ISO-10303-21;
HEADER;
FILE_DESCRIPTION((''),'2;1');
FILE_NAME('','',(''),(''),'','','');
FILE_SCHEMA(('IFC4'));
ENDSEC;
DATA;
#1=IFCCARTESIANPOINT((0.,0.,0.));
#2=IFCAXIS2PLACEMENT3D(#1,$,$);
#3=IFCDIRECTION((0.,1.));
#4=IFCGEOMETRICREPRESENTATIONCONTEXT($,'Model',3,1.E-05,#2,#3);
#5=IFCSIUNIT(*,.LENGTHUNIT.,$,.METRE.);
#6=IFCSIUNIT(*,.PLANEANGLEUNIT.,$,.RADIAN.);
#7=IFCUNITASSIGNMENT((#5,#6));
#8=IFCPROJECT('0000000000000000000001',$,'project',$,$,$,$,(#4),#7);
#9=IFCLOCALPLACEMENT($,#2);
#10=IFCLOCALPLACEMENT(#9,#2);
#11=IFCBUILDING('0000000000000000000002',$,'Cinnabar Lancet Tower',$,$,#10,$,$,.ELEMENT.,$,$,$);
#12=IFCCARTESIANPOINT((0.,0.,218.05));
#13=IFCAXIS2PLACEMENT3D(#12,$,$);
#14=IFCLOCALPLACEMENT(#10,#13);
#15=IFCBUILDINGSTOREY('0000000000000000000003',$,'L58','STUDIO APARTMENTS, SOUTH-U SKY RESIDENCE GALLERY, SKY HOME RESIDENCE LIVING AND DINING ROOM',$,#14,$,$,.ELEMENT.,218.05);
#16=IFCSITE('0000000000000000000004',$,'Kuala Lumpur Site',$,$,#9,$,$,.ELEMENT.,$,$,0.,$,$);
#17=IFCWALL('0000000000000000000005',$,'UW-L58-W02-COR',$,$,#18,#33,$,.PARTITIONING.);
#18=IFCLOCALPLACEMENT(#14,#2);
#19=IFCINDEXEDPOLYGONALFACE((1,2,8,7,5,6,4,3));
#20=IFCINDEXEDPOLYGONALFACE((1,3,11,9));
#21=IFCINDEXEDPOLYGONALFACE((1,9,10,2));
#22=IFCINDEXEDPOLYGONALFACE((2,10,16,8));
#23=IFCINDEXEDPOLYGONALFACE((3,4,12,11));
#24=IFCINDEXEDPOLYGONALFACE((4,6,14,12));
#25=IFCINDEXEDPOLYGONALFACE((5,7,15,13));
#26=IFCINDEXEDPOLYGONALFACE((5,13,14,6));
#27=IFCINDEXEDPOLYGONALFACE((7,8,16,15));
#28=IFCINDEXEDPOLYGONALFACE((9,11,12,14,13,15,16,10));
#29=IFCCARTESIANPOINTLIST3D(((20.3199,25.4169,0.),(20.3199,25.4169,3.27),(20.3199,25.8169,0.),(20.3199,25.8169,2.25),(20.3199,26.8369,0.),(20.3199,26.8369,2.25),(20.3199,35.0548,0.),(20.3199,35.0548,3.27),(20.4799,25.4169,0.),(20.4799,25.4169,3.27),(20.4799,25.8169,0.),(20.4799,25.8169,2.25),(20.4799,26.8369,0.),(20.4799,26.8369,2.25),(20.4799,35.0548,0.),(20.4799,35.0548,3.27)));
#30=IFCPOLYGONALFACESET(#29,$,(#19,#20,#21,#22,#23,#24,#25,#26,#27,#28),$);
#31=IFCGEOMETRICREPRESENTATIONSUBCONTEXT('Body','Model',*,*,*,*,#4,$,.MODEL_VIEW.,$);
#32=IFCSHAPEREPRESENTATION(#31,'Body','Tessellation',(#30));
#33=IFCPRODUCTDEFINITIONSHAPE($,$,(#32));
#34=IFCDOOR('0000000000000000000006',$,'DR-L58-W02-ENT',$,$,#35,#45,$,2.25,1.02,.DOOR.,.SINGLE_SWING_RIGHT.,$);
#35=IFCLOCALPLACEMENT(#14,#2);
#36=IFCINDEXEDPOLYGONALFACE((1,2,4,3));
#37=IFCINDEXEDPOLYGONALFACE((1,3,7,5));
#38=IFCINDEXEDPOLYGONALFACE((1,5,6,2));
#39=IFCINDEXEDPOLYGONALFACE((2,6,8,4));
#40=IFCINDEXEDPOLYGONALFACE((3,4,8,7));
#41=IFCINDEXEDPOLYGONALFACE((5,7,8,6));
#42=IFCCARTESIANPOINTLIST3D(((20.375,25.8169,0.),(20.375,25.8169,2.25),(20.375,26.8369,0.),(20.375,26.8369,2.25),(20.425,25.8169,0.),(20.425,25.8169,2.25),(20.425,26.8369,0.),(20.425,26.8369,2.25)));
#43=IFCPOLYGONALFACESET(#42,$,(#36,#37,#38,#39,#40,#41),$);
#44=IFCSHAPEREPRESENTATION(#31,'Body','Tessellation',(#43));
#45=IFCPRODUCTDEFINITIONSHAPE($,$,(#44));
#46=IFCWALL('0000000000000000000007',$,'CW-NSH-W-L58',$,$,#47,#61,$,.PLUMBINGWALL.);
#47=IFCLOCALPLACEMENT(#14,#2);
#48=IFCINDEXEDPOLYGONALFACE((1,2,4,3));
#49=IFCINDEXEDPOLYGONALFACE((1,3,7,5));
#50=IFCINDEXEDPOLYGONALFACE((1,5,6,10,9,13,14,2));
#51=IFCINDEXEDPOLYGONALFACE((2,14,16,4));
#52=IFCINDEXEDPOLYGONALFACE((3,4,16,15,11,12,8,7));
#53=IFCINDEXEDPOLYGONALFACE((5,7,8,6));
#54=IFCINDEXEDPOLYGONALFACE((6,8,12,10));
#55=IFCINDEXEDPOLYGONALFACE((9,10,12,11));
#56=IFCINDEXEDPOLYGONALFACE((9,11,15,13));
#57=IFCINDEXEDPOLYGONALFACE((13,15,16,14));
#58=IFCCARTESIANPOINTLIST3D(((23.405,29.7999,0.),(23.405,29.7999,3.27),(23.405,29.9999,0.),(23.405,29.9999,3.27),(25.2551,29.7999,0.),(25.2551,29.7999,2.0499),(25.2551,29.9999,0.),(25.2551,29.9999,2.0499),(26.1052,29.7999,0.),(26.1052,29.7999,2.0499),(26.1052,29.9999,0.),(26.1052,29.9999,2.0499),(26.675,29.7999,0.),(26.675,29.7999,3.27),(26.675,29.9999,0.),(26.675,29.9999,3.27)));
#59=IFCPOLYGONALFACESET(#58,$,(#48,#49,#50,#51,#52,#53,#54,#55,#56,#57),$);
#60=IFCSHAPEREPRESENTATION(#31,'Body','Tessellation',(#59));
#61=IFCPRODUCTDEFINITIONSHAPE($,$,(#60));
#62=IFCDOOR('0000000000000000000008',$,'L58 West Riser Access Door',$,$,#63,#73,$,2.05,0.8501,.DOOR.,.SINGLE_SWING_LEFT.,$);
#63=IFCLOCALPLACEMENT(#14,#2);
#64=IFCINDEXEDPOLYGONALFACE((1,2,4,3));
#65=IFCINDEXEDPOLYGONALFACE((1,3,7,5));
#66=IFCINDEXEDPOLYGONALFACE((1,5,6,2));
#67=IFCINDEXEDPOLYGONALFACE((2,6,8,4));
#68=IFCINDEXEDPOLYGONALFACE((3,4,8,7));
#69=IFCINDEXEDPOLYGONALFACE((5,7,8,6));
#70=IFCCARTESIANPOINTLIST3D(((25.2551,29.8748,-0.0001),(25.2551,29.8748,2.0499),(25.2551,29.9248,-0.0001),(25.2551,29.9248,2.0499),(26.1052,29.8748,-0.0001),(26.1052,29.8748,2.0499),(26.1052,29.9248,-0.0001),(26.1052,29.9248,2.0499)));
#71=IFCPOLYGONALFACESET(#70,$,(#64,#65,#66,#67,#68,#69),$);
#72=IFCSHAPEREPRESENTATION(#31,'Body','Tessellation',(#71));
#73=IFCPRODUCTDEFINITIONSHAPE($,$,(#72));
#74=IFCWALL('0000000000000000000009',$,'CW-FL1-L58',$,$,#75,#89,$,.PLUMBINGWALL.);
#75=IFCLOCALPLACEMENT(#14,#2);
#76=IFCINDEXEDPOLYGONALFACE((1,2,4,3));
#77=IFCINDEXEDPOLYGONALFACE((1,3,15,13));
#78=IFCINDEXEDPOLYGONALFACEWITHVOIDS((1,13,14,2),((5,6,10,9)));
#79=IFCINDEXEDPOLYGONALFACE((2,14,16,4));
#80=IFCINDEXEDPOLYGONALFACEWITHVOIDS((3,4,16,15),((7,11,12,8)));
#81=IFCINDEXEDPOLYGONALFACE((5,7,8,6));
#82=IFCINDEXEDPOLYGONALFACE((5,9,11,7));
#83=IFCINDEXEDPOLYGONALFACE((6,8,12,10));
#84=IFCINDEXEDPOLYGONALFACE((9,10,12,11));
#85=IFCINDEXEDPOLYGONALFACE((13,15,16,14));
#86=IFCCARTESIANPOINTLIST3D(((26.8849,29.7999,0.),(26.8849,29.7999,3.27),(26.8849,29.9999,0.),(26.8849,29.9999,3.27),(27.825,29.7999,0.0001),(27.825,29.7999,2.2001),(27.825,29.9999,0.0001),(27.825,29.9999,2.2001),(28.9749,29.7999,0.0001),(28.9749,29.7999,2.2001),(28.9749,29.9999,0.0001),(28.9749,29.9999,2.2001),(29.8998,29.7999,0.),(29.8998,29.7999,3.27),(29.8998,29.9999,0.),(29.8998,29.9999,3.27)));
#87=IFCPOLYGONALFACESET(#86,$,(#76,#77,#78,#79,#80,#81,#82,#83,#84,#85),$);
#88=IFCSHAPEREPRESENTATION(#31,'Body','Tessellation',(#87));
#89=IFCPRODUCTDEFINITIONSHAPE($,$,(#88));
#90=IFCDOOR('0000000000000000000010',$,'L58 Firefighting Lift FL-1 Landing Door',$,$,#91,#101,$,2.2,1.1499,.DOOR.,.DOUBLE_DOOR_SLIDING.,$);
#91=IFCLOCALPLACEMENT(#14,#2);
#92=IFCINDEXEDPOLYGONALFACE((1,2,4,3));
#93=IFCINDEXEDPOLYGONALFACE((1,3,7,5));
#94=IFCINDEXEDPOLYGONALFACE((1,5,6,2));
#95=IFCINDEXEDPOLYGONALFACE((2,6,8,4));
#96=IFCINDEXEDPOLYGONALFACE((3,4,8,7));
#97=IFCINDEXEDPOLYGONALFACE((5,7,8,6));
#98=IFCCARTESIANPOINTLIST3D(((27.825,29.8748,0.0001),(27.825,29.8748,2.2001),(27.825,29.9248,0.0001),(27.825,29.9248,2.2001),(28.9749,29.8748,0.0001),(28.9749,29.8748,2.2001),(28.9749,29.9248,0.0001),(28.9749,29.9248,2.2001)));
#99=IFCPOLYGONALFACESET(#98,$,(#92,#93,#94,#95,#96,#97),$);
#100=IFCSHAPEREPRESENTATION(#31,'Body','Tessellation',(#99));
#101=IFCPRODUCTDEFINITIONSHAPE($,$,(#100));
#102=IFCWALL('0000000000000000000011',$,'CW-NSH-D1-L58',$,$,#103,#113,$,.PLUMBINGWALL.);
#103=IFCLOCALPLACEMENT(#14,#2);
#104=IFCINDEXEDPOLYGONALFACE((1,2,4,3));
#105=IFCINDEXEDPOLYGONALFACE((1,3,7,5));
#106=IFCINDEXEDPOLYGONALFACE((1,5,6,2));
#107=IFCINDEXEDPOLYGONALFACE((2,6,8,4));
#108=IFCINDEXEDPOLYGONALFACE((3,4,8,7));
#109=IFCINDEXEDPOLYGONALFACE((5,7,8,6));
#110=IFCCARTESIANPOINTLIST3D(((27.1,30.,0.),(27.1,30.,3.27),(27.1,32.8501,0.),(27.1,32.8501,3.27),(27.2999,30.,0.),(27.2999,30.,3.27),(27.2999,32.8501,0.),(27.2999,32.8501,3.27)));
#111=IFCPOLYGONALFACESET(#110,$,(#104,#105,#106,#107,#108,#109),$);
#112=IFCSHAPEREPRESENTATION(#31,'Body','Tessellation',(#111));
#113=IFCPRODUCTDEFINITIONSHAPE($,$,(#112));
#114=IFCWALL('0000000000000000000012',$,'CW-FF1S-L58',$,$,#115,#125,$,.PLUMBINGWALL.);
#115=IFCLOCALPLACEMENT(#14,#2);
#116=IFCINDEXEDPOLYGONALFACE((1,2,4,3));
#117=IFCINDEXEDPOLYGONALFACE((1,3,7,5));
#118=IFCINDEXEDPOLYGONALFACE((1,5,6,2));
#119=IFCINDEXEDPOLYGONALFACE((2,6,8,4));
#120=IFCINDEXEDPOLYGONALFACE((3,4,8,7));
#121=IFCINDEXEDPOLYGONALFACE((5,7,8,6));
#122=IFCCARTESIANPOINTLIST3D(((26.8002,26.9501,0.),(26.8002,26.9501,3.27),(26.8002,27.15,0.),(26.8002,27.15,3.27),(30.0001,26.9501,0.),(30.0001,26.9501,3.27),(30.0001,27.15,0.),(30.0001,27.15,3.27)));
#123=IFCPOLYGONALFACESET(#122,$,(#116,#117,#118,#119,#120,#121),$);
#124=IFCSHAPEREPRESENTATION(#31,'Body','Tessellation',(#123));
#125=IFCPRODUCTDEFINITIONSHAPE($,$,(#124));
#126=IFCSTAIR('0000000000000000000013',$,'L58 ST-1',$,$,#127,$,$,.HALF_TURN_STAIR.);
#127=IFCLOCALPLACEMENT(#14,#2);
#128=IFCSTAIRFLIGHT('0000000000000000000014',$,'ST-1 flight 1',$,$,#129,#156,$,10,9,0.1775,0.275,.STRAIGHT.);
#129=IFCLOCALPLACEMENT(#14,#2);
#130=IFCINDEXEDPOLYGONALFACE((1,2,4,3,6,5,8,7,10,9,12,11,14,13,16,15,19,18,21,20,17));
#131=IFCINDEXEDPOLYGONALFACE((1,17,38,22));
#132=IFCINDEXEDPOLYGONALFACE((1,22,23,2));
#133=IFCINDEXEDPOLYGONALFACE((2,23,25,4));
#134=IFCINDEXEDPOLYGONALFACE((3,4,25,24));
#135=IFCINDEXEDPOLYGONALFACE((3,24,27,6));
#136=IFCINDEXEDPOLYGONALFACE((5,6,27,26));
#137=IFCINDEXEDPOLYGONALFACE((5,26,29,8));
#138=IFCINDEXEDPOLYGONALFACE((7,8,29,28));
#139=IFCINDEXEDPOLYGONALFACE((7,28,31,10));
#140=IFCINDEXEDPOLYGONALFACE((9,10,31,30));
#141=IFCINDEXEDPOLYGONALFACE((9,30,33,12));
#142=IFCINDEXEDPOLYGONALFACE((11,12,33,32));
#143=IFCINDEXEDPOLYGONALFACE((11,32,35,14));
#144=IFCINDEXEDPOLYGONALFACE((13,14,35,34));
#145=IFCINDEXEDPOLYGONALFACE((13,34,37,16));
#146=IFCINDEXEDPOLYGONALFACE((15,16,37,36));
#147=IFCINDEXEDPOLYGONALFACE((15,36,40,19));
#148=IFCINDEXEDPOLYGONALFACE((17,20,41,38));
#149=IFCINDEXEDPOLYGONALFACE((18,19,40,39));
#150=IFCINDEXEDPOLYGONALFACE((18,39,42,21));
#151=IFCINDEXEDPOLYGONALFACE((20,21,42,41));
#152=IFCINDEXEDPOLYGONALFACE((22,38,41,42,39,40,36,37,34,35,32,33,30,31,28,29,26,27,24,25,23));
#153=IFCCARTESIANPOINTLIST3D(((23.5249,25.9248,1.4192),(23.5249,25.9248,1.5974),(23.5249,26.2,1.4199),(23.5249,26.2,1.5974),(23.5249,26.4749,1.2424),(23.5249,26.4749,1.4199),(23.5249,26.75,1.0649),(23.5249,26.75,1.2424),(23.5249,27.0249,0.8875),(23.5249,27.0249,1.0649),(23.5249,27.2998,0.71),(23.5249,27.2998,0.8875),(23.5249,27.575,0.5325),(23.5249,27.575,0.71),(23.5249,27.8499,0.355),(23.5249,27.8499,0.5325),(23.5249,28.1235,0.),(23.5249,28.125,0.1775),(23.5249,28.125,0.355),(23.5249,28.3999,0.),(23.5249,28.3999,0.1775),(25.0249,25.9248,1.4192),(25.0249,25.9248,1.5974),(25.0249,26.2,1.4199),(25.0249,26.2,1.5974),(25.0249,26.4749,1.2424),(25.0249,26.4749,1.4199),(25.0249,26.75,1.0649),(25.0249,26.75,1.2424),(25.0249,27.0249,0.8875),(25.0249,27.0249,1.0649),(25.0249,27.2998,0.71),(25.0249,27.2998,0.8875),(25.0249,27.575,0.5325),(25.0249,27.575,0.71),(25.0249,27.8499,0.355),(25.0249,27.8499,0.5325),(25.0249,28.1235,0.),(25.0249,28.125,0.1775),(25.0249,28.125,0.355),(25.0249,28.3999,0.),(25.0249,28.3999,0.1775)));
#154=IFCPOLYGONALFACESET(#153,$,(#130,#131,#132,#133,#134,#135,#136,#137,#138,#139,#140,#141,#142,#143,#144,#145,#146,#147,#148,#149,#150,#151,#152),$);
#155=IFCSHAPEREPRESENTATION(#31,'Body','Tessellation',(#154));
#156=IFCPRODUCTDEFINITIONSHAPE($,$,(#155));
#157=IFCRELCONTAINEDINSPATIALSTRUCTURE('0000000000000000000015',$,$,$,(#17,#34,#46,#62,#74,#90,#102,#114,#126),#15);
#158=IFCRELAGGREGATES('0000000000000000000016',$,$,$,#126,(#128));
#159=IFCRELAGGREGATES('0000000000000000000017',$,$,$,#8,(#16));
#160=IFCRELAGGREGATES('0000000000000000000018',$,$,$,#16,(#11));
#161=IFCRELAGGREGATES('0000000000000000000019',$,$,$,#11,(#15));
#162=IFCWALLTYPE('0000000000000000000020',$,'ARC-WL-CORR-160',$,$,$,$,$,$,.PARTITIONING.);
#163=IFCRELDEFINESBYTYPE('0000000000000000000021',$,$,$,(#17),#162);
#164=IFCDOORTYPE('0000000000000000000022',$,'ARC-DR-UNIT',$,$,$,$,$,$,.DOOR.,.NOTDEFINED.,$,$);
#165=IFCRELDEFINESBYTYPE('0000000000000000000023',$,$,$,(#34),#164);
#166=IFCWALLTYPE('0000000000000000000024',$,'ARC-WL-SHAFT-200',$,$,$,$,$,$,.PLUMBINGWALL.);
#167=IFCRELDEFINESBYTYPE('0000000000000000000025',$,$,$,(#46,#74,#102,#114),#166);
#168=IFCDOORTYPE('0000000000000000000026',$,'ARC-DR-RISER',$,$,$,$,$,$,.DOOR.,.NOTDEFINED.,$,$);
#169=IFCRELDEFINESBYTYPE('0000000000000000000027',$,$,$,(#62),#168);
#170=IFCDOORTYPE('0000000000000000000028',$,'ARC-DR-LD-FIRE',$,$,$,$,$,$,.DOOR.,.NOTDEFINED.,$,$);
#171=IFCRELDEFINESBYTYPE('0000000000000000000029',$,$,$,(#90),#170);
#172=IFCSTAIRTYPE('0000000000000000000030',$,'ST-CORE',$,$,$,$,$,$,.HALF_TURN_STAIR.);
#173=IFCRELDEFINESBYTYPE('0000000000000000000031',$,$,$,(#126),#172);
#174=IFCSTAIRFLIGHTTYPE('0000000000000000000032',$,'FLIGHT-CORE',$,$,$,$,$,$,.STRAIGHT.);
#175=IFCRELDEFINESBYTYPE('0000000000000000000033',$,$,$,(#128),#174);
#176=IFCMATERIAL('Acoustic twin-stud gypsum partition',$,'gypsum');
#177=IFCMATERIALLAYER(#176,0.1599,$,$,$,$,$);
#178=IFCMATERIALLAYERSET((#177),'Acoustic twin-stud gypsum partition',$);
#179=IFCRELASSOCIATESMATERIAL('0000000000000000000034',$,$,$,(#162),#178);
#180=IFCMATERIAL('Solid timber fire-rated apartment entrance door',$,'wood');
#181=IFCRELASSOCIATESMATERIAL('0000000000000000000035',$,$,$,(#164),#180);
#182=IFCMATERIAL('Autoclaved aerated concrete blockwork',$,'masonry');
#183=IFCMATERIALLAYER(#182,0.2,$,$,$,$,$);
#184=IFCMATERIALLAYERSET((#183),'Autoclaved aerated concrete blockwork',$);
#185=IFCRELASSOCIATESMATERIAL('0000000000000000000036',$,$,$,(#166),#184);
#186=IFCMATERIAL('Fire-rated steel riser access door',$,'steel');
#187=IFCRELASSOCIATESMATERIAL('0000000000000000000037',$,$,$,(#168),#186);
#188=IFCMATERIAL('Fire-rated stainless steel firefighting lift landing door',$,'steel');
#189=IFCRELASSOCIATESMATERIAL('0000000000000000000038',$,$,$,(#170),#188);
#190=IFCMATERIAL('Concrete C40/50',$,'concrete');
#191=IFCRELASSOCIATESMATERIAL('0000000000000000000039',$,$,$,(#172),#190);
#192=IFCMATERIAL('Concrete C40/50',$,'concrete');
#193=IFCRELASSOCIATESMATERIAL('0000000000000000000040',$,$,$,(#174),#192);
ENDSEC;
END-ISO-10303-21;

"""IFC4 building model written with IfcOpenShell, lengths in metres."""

from ifc_helpers import new_model, si_unit, direction, frame, frame_2d, origin, place, context, subcontext, project, spatial, polyline, rectangle, outline, extrude, material, layer, layer_set, type_object, element, fill, aggregate, save


model = new_model("IFC4")

# Units and contexts
model_context = context("Model", 3, precision=1e-05, world=origin(), true_north=direction((0.0, 1.0)))
body_context = subcontext(model_context, "Body", "Model", "MODEL_VIEW")
ifc_project = project(units=[si_unit("LENGTHUNIT", "METRE"), si_unit("PLANEANGLEUNIT", "RADIAN")], contexts=[model_context])

# Site, building, storey
site_placement = place(None, origin())
site = spatial("IfcSite", under=ifc_project, at=site_placement, Name="Kuala Lumpur Site", CompositionType="ELEMENT", RefElevation=0.0)
building_placement = place(site_placement, origin())
building = spatial("IfcBuilding", under=site, at=building_placement, Name="Cinnabar Lancet Tower", CompositionType="ELEMENT")
storey_placement = place(building_placement, frame((0.0, 0.0, 218.05)))
storey = spatial("IfcBuildingStorey", under=building, at=storey_placement, Name="L58", Description="STUDIO APARTMENTS, SOUTH-U SKY RESIDENCE GALLERY, SKY HOME RESIDENCE LIVING AND DINING ROOM", CompositionType="ELEMENT", Elevation=218.05)

# Shared definitions
ifc_material_1 = material(Name="Acoustic twin-stud gypsum partition", Category="gypsum")
ifc_layer_1 = layer(ifc_material_1, 0.1599)
ifc_layer_set_1 = layer_set([ifc_layer_1], Name="Acoustic twin-stud gypsum partition")
wall_type_1 = type_object("IfcWallType", Name="ARC-WL-CORR-160", PredefinedType="PARTITIONING", material=ifc_layer_set_1)

# Walls, openings, doors
wall_1_placement = place(storey_placement, frame((20.3999, 25.417, 0.0), z_axis=(0.0, 0.0, 1.0), x_axis=(0.0, 1.0, 0.0)))
wall_1 = element("IfcWall", 1, at=wall_1_placement, inside=storey, type_object=wall_type_1, Name="UW-L58-W02-COR", PredefinedType="PARTITIONING", context=body_context, shape_type="SweptSolid", body=[
    extrude(rectangle(XDim=9.6379, YDim=0.1599, at=frame_2d((4.8188, 0.0))), origin(), (0.0, 0.0, 1.0), 3.27),
])
opening_1_placement = place(wall_1_placement, frame((0.3999, 0.0, 0.0)))
opening_1 = element("IfcOpeningElement", 2, at=opening_1_placement, cuts=wall_1, PredefinedType="OPENING", context=body_context, shape_type="SweptSolid", body=[
    extrude(rectangle(XDim=1.02, YDim=2.25, at=frame_2d((0.51, 1.125))), frame((0.0, 0.0898, 0.0), z_axis=(0.0, -1.0, 0.0), x_axis=(1.0, 0.0, 0.0)), (0.0, 0.0, 1.0), 0.1799),
])
ifc_material_2 = material(Name="Solid timber fire-rated apartment entrance door", Category="wood")
door_type_1 = type_object("IfcDoorType", Name="ARC-DR-UNIT", OperationType="NOTDEFINED", PredefinedType="DOOR", material=ifc_material_2)
door_1_placement = place(opening_1_placement, origin())
door_1 = element("IfcDoor", 3, at=door_1_placement, inside=storey, type_object=door_type_1, Name="DR-L58-W02-ENT", OperationType="SINGLE_SWING_RIGHT", OverallHeight=2.25, OverallWidth=1.02, PredefinedType="DOOR", context=body_context, shape_type="SweptSolid", body=[
    extrude(rectangle(XDim=1.02, YDim=2.25, at=frame_2d((0.51, 1.125))), frame((0.0, 0.0249, 0.0), z_axis=(0.0, -1.0, 0.0), x_axis=(1.0, 0.0, 0.0)), (0.0, 0.0, 1.0), 0.05),
])
fill(opening_1, door_1)
ifc_material_3 = material(Name="Autoclaved aerated concrete blockwork", Category="masonry")
ifc_layer_2 = layer(ifc_material_3, 0.2)
ifc_layer_set_2 = layer_set([ifc_layer_2], Name="Autoclaved aerated concrete blockwork")
wall_type_2 = type_object("IfcWallType", Name="ARC-WL-SHAFT-200", PredefinedType="PLUMBINGWALL", material=ifc_layer_set_2)
wall_2_placement = place(storey_placement, frame((23.405, 29.8999, 0.0), z_axis=(0.0, 0.0, 1.0), x_axis=(1.0, 0.0, 0.0)))
wall_2 = element("IfcWall", 4, at=wall_2_placement, inside=storey, type_object=wall_type_2, Name="CW-NSH-W-L58", PredefinedType="PLUMBINGWALL", context=body_context, shape_type="SweptSolid", body=[
    extrude(rectangle(XDim=3.27, YDim=0.2, at=frame_2d((1.635, 0.0))), origin(), (0.0, 0.0, 1.0), 3.27),
])
opening_2_placement = place(wall_2_placement, frame((1.8501, 0.0, 0.0)))
opening_2 = element("IfcOpeningElement", 5, at=opening_2_placement, cuts=wall_2, PredefinedType="OPENING", context=body_context, shape_type="SweptSolid", body=[
    extrude(rectangle(XDim=0.8501, YDim=2.05, at=frame_2d((0.425, 1.0249))), frame((0.0, 0.1099, 0.0), z_axis=(0.0, -1.0, 0.0), x_axis=(1.0, 0.0, 0.0)), (0.0, 0.0, 1.0), 0.22),
])
ifc_material_4 = material(Name="Fire-rated steel riser access door", Category="steel")
door_type_2 = type_object("IfcDoorType", Name="ARC-DR-RISER", OperationType="NOTDEFINED", PredefinedType="DOOR", material=ifc_material_4)
door_2_placement = place(opening_2_placement, origin())
door_2 = element("IfcDoor", 6, at=door_2_placement, inside=storey, type_object=door_type_2, Name="L58 West Riser Access Door", OperationType="SINGLE_SWING_LEFT", OverallHeight=2.05, OverallWidth=0.8501, PredefinedType="DOOR", context=body_context, shape_type="SweptSolid", body=[
    extrude(rectangle(XDim=0.8501, YDim=2.05, at=frame_2d((0.425, 1.0249))), frame((0.0, 0.0249, 0.0), z_axis=(0.0, -1.0, 0.0), x_axis=(1.0, 0.0, 0.0)), (0.0, 0.0, 1.0), 0.05),
])
fill(opening_2, door_2)
wall_3_placement = place(storey_placement, frame((26.885, 29.8999, 0.0), z_axis=(0.0, 0.0, 1.0), x_axis=(1.0, 0.0, 0.0)))
wall_3 = element("IfcWall", 7, at=wall_3_placement, inside=storey, type_object=wall_type_2, Name="CW-FL1-L58", PredefinedType="PLUMBINGWALL", context=body_context, shape_type="SweptSolid", body=[
    extrude(rectangle(XDim=3.0149, YDim=0.2, at=frame_2d((1.5073, 0.0))), origin(), (0.0, 0.0, 1.0), 3.27),
])
opening_3_placement = place(wall_3_placement, frame((0.9399, 0.0, 0.0)))
opening_3 = element("IfcOpeningElement", 8, at=opening_3_placement, cuts=wall_3, PredefinedType="OPENING", context=body_context, shape_type="SweptSolid", body=[
    extrude(rectangle(XDim=1.1499, YDim=2.2, at=frame_2d((0.575, 1.1001))), frame((0.0, 0.1099, 0.0), z_axis=(0.0, -1.0, 0.0), x_axis=(1.0, 0.0, 0.0)), (0.0, 0.0, 1.0), 0.22),
])
ifc_material_5 = material(Name="Fire-rated stainless steel firefighting lift landing door", Category="steel")
door_type_3 = type_object("IfcDoorType", Name="ARC-DR-LD-FIRE", OperationType="NOTDEFINED", PredefinedType="DOOR", material=ifc_material_5)
door_3_placement = place(opening_3_placement, origin())
door_3 = element("IfcDoor", 9, at=door_3_placement, inside=storey, type_object=door_type_3, Name="L58 Firefighting Lift FL-1 Landing Door", OperationType="DOUBLE_DOOR_SLIDING", OverallHeight=2.2, OverallWidth=1.1499, PredefinedType="DOOR", context=body_context, shape_type="SweptSolid", body=[
    extrude(rectangle(XDim=1.1499, YDim=2.2, at=frame_2d((0.575, 1.1001))), frame((0.0, 0.0249, 0.0), z_axis=(0.0, -1.0, 0.0), x_axis=(1.0, 0.0, 0.0)), (0.0, 0.0, 1.0), 0.05),
])
fill(opening_3, door_3)

# Walls
wall_4_placement = place(storey_placement, frame((27.2, 30.0, 0.0), z_axis=(0.0, 0.0, 1.0), x_axis=(0.0, 1.0, 0.0)))
element("IfcWall", 10, at=wall_4_placement, inside=storey, type_object=wall_type_2, Name="CW-NSH-D1-L58", PredefinedType="PLUMBINGWALL", context=body_context, shape_type="SweptSolid", body=[
    extrude(rectangle(XDim=2.8501, YDim=0.2, at=frame_2d((1.425, 0.0))), origin(), (0.0, 0.0, 1.0), 3.27),
])
wall_5_placement = place(storey_placement, frame((26.8, 27.05, 0.0), z_axis=(0.0, 0.0, 1.0), x_axis=(1.0, 0.0, 0.0)))
element("IfcWall", 11, at=wall_5_placement, inside=storey, type_object=wall_type_2, Name="CW-FF1S-L58", PredefinedType="PLUMBINGWALL", context=body_context, shape_type="SweptSolid", body=[
    extrude(rectangle(XDim=3.2, YDim=0.2, at=frame_2d((1.6001, 0.0))), origin(), (0.0, 0.0, 1.0), 3.27),
])

# Stair, stair flight
ifc_material_6 = material(Name="Concrete C40/50", Category="concrete")
stair_type = type_object("IfcStairType", Name="ST-CORE", PredefinedType="HALF_TURN_STAIR", material=ifc_material_6)
stair_placement = place(storey_placement, origin())
stair = element("IfcStair", 12, at=stair_placement, inside=storey, type_object=stair_type, Name="L58 ST-1", PredefinedType="HALF_TURN_STAIR")
ifc_material_7 = material(Name="Concrete C40/50", Category="concrete")
stair_flight_type = type_object("IfcStairFlightType", Name="FLIGHT-CORE", PredefinedType="STRAIGHT", material=ifc_material_7)
stair_flight_1_placement = place(storey_placement, frame((24.2749, 28.3999, 0.0), z_axis=(0.0, 0.0, 1.0), x_axis=(0.0, -1.0, 0.0)))
stair_flight_1 = element("IfcStairFlight", 13, at=stair_flight_1_placement, type_object=stair_flight_type, Name="ST-1 flight 1", NumberOfRisers=10, NumberOfTreads=9, PredefinedType="STRAIGHT", RiserHeight=0.1775, TreadLength=0.275, context=body_context, shape_type="SweptSolid", body=[
    extrude(outline(polyline([(0.0, 0.0), (0.0, 0.1775), (0.2749, 0.1775), (0.2749, 0.355), (0.55, 0.355), (0.55, 0.5325), (0.825, 0.5325), (0.825, 0.71), (1.1001, 0.71), (1.1001, 0.8875), (1.375, 0.8875), (1.375, 1.0649), (1.6499, 1.0649), (1.6499, 1.2424), (1.925, 1.2424), (1.925, 1.4199), (2.2, 1.4199), (2.2, 1.5974), (2.4751, 1.5974), (2.4751, 1.7749), (2.4751, 1.4192), (0.2764, 0.0), (0.0, 0.0)])), frame((0.0, 0.75, 0.0), z_axis=(0.0, -1.0, 0.0), x_axis=(1.0, 0.0, 0.0)), (0.0, 0.0, 1.0), 1.5),
])
aggregate(stair, [stair_flight_1])

save(model, "model.ifc")
